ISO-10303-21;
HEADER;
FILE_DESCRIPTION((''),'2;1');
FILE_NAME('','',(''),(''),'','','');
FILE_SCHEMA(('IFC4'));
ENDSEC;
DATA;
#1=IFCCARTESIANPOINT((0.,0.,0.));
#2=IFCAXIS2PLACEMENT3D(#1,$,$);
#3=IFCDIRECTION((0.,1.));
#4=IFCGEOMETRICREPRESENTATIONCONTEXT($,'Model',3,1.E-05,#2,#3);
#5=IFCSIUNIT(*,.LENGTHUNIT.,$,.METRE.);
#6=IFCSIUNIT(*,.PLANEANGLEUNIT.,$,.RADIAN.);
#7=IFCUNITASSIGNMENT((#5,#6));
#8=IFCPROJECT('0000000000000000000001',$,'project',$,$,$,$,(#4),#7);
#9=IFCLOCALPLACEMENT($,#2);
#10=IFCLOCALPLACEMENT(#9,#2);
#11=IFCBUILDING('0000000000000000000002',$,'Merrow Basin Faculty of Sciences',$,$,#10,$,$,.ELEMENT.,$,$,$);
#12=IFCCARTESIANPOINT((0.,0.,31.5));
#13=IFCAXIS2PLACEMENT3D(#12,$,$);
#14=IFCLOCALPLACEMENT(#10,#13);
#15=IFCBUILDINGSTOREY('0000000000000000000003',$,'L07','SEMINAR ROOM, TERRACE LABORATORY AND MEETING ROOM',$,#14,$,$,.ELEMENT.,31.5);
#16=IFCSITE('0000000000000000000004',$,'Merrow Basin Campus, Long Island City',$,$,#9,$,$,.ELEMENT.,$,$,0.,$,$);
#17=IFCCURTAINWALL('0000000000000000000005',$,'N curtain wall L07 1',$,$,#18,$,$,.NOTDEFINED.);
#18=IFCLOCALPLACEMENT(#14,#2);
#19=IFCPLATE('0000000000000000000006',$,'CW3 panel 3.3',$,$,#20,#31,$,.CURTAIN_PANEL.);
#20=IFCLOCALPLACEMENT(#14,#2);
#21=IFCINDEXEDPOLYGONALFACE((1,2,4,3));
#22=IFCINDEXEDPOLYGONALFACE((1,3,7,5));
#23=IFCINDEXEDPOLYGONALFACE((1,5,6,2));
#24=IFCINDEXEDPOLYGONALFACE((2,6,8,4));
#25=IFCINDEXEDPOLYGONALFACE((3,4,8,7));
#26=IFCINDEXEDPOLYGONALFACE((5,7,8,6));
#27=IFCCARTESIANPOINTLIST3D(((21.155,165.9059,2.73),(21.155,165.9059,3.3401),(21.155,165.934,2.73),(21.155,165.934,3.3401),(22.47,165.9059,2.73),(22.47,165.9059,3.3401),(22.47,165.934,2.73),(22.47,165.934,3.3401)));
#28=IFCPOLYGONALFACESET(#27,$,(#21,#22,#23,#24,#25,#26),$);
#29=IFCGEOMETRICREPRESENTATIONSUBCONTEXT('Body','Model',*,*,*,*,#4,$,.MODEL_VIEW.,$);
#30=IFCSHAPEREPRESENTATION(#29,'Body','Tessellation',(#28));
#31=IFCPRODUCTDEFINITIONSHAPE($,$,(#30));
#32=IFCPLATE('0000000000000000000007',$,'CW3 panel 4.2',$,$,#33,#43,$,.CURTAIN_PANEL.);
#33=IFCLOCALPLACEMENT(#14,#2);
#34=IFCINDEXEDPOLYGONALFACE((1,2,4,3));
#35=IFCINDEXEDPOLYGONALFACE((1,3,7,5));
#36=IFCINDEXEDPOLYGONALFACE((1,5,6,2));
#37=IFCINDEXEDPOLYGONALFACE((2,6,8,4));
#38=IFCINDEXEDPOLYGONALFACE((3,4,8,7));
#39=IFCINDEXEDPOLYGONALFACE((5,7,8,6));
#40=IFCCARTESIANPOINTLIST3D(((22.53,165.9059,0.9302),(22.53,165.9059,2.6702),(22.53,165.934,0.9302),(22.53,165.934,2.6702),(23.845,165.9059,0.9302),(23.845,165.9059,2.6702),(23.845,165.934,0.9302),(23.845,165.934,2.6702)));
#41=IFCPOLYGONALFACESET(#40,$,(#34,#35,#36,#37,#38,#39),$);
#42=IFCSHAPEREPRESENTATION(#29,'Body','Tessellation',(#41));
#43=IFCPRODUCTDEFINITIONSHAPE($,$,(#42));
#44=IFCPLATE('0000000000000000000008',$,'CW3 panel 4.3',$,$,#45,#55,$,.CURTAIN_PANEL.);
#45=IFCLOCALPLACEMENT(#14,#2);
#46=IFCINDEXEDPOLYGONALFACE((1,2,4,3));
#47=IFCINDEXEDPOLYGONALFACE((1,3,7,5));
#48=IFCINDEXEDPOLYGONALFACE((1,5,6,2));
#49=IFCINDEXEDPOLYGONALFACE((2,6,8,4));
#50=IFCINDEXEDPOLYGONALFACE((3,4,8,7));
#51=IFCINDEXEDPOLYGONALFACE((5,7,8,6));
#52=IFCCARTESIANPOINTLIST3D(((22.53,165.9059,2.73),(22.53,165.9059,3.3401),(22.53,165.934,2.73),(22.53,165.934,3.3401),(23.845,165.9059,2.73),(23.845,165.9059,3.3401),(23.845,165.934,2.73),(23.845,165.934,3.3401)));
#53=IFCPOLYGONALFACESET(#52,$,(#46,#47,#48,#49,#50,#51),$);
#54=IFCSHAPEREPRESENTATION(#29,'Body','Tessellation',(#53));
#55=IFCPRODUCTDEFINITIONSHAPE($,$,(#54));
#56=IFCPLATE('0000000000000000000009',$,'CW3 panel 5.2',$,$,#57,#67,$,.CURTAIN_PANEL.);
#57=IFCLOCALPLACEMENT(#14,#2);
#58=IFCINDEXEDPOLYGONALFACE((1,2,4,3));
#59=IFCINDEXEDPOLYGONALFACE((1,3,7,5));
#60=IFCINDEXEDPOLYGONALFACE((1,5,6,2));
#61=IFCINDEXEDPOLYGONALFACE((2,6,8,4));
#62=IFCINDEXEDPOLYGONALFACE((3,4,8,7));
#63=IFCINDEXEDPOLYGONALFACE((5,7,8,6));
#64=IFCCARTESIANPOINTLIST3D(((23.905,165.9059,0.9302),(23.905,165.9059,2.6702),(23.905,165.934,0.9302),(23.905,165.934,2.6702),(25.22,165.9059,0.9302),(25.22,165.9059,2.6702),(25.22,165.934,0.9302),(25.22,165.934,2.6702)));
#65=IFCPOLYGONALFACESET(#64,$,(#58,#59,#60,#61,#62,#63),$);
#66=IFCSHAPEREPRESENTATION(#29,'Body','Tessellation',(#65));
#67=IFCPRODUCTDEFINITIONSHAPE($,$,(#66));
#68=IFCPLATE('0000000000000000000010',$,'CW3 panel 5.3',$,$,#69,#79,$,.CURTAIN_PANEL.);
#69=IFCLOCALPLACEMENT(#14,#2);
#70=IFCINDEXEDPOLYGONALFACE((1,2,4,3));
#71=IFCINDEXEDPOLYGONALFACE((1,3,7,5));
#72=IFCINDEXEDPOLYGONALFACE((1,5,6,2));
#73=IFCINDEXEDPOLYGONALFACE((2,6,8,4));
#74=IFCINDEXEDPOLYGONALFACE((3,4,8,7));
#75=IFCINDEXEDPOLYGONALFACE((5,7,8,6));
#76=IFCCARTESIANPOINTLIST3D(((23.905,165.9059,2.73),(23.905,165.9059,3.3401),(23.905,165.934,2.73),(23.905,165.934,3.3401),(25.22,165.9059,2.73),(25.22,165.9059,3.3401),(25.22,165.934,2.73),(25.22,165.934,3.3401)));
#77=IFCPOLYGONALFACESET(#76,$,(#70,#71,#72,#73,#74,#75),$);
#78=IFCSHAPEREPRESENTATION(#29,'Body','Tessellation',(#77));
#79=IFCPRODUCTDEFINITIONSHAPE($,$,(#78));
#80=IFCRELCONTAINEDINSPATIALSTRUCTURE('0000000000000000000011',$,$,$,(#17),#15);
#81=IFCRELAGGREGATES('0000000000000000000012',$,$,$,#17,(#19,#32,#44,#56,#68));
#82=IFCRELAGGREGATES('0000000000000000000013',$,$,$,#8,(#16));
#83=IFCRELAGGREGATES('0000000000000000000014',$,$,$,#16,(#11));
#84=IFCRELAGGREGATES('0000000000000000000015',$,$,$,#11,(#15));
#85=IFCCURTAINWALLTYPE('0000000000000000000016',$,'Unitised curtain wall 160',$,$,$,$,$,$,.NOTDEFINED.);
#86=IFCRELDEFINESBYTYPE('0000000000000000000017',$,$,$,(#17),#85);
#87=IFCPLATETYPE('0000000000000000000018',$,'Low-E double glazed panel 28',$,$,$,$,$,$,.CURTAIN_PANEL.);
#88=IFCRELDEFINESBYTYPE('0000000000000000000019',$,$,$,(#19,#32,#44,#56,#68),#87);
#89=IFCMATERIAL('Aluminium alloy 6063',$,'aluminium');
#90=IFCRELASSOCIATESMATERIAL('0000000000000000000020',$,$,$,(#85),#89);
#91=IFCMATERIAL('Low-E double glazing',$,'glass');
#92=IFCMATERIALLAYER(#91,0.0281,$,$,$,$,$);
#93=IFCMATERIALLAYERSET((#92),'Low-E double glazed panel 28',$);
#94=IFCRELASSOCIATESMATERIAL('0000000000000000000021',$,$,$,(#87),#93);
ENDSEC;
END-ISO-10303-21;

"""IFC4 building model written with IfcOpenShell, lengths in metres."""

from ifc_helpers import new_model, si_unit, direction, frame, origin, origin_2d, place, context, subcontext, project, spatial, rectangle, extrude, material, layer, layer_set, type_object, element, aggregate, save


model = new_model("IFC4")

# Units and contexts
model_context = context("Model", 3, precision=1e-05, world=origin(), true_north=direction((0.0, 1.0)))
body_context = subcontext(model_context, "Body", "Model", "MODEL_VIEW")
ifc_project = project(units=[si_unit("LENGTHUNIT", "METRE"), si_unit("PLANEANGLEUNIT", "RADIAN")], contexts=[model_context])

# Site, building, storey
site_placement = place(None, origin())
site = spatial("IfcSite", under=ifc_project, at=site_placement, Name="Merrow Basin Campus, Long Island City", CompositionType="ELEMENT", RefElevation=0.0)
building_placement = place(site_placement, origin())
building = spatial("IfcBuilding", under=site, at=building_placement, Name="Merrow Basin Faculty of Sciences", CompositionType="ELEMENT")
storey_placement = place(building_placement, frame((0.0, 0.0, 31.5)))
storey = spatial("IfcBuildingStorey", under=building, at=storey_placement, Name="L07", Description="SEMINAR ROOM, TERRACE LABORATORY AND MEETING ROOM", CompositionType="ELEMENT", Elevation=31.5)

# Curtain wall, plates
ifc_material_1 = material(Name="Aluminium alloy 6063", Category="aluminium")
curtain_wall_type = type_object("IfcCurtainWallType", Name="Unitised curtain wall 160", PredefinedType="NOTDEFINED", material=ifc_material_1)
curtain_wall_placement = place(storey_placement, origin())
curtain_wall = element("IfcCurtainWall", 1, at=curtain_wall_placement, inside=storey, type_object=curtain_wall_type, Name="N curtain wall L07 1", PredefinedType="NOTDEFINED")
ifc_material_2 = material(Name="Low-E double glazing", Category="glass")
ifc_layer_1 = layer(ifc_material_2, 0.0281)
ifc_layer_set_1 = layer_set([ifc_layer_1], Name="Low-E double glazed panel 28")
plate_type_1 = type_object("IfcPlateType", Name="Low-E double glazed panel 28", PredefinedType="CURTAIN_PANEL", material=ifc_layer_set_1)
plate_1_placement = place(storey_placement, frame((21.8125, 165.9199, 2.73), z_axis=(0.0, 0.0, 1.0), x_axis=(1.0, 0.0, 0.0)))
plate_1 = element("IfcPlate", 2, at=plate_1_placement, type_object=plate_type_1, Name="CW3 panel 3.3", PredefinedType="CURTAIN_PANEL", context=body_context, shape_type="SweptSolid", body=[
    extrude(rectangle(XDim=1.3149, YDim=0.0281, at=origin_2d()), origin(), (0.0, 0.0, 1.0), 0.6101),
])
plate_2_placement = place(storey_placement, frame((23.1875, 165.9199, 0.9302), z_axis=(0.0, 0.0, 1.0), x_axis=(1.0, 0.0, 0.0)))
plate_2 = element("IfcPlate", 3, at=plate_2_placement, type_object=plate_type_1, Name="CW3 panel 4.2", PredefinedType="CURTAIN_PANEL", context=body_context, shape_type="SweptSolid", body=[
    extrude(rectangle(XDim=1.3149, YDim=0.0281, at=origin_2d()), origin(), (0.0, 0.0, 1.0), 1.74),
])
plate_3_placement = place(storey_placement, frame((23.1875, 165.9199, 2.73), z_axis=(0.0, 0.0, 1.0), x_axis=(1.0, 0.0, 0.0)))
plate_3 = element("IfcPlate", 4, at=plate_3_placement, type_object=plate_type_1, Name="CW3 panel 4.3", PredefinedType="CURTAIN_PANEL", context=body_context, shape_type="SweptSolid", body=[
    extrude(rectangle(XDim=1.3149, YDim=0.0281, at=origin_2d()), origin(), (0.0, 0.0, 1.0), 0.6101),
])
plate_4_placement = place(storey_placement, frame((24.5625, 165.9199, 0.9302), z_axis=(0.0, 0.0, 1.0), x_axis=(1.0, 0.0, 0.0)))
plate_4 = element("IfcPlate", 5, at=plate_4_placement, type_object=plate_type_1, Name="CW3 panel 5.2", PredefinedType="CURTAIN_PANEL", context=body_context, shape_type="SweptSolid", body=[
    extrude(rectangle(XDim=1.3149, YDim=0.0281, at=origin_2d()), origin(), (0.0, 0.0, 1.0), 1.74),
])
plate_5_placement = place(storey_placement, frame((24.5625, 165.9199, 2.73), z_axis=(0.0, 0.0, 1.0), x_axis=(1.0, 0.0, 0.0)))
plate_5 = element("IfcPlate", 6, at=plate_5_placement, type_object=plate_type_1, Name="CW3 panel 5.3", PredefinedType="CURTAIN_PANEL", context=body_context, shape_type="SweptSolid", body=[
    extrude(rectangle(XDim=1.3149, YDim=0.0281, at=origin_2d()), origin(), (0.0, 0.0, 1.0), 0.6101),
])
aggregate(curtain_wall, [plate_1, plate_2, plate_3, plate_4, plate_5])

save(model, "model.ifc")
